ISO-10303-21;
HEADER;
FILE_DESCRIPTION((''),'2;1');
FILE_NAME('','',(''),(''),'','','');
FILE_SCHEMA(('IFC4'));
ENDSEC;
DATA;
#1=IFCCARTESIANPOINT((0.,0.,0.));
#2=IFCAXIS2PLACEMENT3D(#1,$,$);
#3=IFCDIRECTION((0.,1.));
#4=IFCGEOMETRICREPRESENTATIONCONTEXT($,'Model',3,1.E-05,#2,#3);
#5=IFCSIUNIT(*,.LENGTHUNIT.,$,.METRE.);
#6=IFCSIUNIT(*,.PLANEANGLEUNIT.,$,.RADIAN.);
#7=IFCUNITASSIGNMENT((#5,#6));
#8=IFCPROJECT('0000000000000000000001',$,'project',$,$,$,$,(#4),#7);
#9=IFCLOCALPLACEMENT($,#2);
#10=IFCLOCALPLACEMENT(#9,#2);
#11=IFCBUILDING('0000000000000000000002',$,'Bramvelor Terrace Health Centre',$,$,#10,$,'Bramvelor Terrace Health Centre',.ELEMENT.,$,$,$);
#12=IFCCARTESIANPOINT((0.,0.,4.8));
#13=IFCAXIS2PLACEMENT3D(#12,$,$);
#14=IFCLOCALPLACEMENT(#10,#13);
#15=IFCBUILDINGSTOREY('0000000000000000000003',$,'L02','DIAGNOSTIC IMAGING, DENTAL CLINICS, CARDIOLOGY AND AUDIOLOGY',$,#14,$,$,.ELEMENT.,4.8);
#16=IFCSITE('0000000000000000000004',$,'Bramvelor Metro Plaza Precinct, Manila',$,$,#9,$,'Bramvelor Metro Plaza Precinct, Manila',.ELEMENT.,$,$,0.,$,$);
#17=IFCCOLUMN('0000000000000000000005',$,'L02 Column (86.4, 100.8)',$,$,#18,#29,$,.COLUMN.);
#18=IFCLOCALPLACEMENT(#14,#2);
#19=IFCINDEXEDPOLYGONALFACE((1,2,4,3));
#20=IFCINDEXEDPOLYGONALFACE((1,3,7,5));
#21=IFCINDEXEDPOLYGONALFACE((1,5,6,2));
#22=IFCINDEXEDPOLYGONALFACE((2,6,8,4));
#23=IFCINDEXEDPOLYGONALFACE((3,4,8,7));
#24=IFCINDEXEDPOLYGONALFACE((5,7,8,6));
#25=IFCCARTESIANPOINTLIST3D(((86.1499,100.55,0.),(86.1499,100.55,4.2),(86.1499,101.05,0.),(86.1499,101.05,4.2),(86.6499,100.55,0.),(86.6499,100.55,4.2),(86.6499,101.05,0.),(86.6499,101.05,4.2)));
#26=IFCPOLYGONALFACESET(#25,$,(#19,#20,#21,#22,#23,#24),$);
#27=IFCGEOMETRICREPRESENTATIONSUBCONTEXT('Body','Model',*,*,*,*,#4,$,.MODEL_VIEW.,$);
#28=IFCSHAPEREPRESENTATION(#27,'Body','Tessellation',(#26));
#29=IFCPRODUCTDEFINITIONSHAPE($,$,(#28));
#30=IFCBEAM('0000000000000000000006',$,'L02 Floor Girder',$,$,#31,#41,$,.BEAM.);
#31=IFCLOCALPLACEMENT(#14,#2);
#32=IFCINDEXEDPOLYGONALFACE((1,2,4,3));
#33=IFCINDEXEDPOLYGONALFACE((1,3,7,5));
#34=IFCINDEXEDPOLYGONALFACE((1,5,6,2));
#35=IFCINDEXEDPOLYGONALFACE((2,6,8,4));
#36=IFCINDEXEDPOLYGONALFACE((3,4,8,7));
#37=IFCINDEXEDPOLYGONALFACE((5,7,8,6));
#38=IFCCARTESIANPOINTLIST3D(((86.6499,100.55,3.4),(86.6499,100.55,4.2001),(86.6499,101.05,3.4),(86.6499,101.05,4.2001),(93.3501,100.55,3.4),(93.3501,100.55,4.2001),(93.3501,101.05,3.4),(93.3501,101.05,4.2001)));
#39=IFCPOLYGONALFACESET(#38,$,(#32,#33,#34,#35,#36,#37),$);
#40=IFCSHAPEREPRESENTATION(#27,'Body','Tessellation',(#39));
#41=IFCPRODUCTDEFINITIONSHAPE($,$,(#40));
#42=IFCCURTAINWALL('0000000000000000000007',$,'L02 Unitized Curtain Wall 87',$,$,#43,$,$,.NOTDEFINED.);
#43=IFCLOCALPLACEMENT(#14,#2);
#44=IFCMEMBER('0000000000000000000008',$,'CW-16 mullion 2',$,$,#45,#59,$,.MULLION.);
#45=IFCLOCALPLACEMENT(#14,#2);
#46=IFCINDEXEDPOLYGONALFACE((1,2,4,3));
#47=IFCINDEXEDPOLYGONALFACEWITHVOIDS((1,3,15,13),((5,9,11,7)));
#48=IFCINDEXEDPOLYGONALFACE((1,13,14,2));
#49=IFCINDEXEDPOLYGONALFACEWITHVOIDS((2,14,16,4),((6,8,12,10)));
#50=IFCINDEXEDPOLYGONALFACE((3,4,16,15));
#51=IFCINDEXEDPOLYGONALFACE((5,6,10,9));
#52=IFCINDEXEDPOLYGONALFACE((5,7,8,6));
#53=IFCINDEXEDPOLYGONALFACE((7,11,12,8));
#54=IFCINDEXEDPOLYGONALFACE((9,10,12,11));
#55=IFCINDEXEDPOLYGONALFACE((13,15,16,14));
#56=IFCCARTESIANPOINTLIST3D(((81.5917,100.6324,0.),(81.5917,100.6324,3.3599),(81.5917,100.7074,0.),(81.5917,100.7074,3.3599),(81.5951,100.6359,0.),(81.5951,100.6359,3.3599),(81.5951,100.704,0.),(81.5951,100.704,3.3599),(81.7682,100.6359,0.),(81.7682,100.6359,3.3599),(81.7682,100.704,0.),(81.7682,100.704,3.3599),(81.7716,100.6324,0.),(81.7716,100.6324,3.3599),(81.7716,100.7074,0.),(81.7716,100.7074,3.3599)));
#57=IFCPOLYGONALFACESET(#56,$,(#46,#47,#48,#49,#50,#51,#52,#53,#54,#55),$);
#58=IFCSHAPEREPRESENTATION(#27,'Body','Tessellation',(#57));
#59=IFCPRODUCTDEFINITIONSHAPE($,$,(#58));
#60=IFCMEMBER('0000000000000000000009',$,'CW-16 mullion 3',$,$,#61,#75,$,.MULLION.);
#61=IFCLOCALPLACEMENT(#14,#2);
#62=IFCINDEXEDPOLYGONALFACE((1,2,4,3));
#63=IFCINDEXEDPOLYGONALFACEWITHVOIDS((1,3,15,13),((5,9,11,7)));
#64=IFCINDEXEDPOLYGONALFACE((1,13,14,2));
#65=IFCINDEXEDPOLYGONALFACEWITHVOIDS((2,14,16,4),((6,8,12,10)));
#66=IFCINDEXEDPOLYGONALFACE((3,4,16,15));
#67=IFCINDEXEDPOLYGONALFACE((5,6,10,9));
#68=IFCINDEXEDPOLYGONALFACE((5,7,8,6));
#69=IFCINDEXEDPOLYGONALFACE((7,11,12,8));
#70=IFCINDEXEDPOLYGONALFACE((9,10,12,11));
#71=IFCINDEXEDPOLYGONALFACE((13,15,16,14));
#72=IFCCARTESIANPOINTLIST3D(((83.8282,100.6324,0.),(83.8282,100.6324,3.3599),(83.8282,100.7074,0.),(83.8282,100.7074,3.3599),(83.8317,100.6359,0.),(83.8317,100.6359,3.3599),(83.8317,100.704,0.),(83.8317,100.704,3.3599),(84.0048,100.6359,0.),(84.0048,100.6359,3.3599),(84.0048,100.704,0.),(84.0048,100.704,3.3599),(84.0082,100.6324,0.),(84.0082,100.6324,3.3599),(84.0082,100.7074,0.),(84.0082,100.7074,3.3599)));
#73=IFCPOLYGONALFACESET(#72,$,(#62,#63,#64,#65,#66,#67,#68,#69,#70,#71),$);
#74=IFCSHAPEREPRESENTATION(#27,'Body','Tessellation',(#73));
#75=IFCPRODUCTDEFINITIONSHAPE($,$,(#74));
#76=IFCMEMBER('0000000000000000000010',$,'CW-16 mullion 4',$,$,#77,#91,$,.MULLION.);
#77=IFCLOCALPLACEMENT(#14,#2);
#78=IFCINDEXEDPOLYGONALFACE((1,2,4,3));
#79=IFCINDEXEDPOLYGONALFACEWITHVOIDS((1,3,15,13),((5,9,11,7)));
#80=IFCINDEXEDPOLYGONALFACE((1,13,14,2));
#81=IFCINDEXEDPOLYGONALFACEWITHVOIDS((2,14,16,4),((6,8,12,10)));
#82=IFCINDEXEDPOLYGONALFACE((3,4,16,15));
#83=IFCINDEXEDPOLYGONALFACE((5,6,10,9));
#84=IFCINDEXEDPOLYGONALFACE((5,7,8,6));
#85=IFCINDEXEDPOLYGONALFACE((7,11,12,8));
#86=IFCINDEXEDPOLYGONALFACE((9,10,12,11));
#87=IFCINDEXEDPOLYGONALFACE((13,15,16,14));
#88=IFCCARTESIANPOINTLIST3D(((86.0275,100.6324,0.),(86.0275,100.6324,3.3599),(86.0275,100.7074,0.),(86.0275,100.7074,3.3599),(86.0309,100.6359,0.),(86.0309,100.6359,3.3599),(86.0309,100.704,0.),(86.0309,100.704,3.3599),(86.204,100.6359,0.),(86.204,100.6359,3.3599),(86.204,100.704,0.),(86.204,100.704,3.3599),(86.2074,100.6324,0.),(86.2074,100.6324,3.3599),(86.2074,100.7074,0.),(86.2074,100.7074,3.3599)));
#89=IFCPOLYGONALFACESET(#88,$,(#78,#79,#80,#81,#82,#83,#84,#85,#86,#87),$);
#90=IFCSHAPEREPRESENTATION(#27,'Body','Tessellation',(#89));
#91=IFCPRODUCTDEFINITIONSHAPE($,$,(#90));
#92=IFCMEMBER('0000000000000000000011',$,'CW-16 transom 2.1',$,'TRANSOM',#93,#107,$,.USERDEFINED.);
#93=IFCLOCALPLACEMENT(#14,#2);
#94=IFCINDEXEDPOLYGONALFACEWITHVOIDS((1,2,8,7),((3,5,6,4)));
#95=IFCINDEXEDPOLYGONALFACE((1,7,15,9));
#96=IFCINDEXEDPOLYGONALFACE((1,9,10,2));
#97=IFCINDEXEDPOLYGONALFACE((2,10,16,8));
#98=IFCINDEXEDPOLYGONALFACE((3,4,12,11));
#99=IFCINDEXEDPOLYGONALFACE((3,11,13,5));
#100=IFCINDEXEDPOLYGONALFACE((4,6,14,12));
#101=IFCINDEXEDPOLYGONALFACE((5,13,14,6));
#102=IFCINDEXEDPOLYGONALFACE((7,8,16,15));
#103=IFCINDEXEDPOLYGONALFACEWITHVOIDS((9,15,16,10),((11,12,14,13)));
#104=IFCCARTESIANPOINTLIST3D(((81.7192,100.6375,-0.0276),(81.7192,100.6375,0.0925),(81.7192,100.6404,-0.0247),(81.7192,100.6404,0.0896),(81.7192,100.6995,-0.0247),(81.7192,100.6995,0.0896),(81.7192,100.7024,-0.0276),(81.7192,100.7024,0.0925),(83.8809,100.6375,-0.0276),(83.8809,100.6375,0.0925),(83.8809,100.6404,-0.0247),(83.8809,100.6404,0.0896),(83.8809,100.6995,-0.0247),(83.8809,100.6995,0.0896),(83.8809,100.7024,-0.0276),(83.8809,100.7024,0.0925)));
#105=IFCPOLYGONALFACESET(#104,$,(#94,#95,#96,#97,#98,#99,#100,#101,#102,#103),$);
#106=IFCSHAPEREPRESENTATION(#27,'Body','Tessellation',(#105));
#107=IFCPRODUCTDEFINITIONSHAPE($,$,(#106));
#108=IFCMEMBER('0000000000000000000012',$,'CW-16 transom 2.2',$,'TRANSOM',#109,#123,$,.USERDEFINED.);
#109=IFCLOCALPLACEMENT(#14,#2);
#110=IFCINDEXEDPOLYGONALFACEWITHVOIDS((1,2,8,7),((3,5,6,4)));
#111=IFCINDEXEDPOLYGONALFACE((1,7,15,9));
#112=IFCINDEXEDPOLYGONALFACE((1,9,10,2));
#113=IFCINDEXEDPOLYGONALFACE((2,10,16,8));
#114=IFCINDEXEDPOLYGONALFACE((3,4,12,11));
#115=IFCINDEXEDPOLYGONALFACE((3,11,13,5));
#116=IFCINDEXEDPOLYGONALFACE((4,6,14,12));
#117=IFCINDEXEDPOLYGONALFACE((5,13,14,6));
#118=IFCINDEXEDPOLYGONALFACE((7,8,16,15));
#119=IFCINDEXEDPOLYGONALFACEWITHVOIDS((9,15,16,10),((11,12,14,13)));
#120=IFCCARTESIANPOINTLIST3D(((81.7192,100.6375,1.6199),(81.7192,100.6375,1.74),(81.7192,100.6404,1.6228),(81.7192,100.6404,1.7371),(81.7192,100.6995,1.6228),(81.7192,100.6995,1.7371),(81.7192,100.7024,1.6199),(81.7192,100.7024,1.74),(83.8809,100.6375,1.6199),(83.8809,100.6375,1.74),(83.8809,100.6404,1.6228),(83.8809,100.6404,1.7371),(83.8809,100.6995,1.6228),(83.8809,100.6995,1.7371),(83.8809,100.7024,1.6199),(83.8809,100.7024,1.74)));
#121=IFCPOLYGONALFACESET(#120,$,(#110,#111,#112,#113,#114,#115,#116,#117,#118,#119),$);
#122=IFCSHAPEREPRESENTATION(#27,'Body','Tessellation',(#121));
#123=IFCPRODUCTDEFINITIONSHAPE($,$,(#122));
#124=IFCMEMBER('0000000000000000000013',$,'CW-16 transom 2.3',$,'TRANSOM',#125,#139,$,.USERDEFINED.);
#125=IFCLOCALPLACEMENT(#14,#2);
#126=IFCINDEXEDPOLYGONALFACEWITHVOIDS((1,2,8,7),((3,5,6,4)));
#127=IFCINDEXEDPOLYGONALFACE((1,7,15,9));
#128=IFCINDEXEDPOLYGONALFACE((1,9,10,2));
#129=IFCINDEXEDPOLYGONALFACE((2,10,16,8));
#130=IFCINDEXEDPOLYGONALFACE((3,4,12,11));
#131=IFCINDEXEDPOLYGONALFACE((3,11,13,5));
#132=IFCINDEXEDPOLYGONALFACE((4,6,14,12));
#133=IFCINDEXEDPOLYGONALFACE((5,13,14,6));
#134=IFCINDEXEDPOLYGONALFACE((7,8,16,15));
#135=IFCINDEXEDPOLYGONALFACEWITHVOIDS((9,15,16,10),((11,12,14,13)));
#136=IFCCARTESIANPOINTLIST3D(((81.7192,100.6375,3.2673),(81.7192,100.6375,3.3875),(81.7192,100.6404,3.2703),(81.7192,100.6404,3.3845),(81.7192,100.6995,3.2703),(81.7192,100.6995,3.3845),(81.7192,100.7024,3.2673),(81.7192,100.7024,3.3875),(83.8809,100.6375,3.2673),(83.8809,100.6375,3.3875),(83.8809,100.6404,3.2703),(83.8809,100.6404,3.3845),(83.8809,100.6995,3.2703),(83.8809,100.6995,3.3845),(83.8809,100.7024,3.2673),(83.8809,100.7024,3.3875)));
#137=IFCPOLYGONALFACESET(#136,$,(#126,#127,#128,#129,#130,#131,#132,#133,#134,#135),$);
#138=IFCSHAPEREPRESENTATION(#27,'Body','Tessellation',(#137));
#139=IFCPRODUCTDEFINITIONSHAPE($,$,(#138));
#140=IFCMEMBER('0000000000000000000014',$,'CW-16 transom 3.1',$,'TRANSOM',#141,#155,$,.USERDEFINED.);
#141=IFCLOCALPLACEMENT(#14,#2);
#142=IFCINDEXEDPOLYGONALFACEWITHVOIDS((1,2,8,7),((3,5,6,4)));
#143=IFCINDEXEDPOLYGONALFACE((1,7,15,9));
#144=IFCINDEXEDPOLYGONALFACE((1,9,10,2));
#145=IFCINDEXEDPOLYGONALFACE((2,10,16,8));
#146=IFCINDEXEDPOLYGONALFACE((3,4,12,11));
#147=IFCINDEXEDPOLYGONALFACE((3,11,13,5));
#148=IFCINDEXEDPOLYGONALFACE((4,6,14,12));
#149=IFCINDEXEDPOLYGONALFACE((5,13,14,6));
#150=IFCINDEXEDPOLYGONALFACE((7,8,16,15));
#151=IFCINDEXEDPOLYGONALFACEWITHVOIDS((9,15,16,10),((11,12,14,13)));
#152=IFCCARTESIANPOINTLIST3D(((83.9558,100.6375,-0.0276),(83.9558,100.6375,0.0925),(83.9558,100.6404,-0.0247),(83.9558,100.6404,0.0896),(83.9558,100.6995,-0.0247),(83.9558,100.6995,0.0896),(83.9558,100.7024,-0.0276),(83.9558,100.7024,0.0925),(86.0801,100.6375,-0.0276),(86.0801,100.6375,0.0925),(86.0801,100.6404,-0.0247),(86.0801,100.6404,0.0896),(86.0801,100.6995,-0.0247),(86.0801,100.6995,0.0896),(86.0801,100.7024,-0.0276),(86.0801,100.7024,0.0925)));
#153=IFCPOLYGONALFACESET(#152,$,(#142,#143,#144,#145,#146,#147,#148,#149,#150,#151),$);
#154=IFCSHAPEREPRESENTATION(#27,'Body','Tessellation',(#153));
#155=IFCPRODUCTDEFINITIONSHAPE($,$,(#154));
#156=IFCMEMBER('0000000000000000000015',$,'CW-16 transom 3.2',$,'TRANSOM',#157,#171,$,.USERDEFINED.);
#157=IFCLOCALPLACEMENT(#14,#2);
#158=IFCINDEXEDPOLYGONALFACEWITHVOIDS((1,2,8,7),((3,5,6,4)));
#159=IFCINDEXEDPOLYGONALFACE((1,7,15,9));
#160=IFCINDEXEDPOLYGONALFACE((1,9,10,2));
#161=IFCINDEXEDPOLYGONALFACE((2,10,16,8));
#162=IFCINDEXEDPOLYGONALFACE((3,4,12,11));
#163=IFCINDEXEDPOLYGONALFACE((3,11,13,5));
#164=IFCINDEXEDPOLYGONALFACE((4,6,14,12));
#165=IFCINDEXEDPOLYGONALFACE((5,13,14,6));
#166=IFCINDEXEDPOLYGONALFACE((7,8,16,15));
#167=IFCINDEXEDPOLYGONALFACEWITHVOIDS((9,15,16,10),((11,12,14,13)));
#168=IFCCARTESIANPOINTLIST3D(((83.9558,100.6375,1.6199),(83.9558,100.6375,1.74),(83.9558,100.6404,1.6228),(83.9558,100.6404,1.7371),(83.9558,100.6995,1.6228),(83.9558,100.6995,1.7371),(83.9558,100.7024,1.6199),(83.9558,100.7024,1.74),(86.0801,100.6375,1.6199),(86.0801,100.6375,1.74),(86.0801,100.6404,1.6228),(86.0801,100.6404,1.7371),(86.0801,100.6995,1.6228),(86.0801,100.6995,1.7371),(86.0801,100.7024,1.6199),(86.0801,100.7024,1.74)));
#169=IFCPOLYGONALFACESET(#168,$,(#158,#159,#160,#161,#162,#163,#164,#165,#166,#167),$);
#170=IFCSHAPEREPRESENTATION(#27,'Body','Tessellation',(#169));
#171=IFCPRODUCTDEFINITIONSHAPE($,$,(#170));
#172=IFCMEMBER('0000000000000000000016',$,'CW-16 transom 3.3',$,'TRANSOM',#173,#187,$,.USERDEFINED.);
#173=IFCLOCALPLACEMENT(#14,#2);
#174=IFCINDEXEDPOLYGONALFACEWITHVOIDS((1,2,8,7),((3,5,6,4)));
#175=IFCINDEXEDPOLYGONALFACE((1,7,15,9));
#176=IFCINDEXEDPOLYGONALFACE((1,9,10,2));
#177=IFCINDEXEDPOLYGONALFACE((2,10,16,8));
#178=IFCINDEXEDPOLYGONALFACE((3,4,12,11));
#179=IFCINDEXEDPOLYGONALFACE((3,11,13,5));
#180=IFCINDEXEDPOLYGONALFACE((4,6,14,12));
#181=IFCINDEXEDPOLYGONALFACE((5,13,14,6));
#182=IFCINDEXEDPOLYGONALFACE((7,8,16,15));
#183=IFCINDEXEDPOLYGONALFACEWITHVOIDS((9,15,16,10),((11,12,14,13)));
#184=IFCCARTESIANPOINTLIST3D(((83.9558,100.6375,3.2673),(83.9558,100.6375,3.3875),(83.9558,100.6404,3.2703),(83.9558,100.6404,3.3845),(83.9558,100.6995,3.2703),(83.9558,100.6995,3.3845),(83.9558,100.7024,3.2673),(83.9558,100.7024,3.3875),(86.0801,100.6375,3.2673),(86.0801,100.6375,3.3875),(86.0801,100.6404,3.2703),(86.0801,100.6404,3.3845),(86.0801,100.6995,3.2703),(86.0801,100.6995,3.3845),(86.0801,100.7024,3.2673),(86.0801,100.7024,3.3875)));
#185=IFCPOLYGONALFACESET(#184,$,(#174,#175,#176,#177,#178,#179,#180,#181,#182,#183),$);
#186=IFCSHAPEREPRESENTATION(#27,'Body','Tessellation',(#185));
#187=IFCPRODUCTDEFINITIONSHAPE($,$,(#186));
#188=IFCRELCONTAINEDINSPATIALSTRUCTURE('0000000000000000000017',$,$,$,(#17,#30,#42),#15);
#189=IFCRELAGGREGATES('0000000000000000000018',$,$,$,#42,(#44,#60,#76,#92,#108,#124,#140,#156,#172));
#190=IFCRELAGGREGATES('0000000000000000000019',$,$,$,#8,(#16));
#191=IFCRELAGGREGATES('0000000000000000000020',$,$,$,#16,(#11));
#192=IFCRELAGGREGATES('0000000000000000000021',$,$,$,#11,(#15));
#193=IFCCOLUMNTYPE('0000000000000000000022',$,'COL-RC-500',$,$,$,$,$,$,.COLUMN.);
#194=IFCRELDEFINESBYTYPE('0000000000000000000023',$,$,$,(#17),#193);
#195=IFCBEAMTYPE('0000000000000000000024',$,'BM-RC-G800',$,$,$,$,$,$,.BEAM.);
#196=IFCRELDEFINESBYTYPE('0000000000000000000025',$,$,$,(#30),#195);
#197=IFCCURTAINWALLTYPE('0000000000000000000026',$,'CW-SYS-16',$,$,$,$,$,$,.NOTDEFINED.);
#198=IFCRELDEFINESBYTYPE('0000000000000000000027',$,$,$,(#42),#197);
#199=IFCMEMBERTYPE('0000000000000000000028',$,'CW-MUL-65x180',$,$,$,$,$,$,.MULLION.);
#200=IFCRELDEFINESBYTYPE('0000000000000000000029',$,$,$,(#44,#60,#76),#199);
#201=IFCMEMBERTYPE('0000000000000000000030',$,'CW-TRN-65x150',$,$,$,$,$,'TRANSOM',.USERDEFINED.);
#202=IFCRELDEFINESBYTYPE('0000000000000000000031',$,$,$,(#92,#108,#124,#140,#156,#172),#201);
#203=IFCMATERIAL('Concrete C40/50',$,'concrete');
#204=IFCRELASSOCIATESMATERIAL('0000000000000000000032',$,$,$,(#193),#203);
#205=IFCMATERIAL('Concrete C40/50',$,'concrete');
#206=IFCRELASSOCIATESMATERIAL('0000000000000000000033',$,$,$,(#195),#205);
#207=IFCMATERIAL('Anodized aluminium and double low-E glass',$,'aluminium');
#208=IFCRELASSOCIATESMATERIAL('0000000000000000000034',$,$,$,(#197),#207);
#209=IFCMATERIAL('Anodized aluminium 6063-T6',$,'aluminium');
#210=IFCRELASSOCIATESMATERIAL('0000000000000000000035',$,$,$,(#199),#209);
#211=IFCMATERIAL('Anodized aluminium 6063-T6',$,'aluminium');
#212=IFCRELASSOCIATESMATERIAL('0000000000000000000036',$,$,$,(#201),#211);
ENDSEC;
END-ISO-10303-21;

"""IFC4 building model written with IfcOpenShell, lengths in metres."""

from ifc_helpers import new_model, si_unit, direction, frame, origin, origin_2d, place, context, subcontext, project, spatial, rectangle, hollow_rectangle, extrude, material, material_profile, profile_set, type_object, element, aggregate, save


model = new_model("IFC4")

# Units and contexts
model_context = context("Model", 3, precision=1e-05, world=origin(), true_north=direction((0.0, 1.0)))
body_context = subcontext(model_context, "Body", "Model", "MODEL_VIEW")
ifc_project = project(units=[si_unit("LENGTHUNIT", "METRE"), si_unit("PLANEANGLEUNIT", "RADIAN")], contexts=[model_context])

# Site, building, storey
site_placement = place(None, origin())
site = spatial("IfcSite", under=ifc_project, at=site_placement, Name="Bramvelor Metro Plaza Precinct, Manila", LongName="Bramvelor Metro Plaza Precinct, Manila", CompositionType="ELEMENT", RefElevation=0.0)
building_placement = place(site_placement, origin())
building = spatial("IfcBuilding", under=site, at=building_placement, Name="Bramvelor Terrace Health Centre", LongName="Bramvelor Terrace Health Centre", CompositionType="ELEMENT")
storey_placement = place(building_placement, frame((0.0, 0.0, 4.8)))
storey = spatial("IfcBuildingStorey", under=building, at=storey_placement, Name="L02", Description="DIAGNOSTIC IMAGING, DENTAL CLINICS, CARDIOLOGY AND AUDIOLOGY", CompositionType="ELEMENT", Elevation=4.8)

# Column
ifc_material_1 = material(Name="Concrete C40/50", Category="concrete")
ifc_material_profile_1 = material_profile(ifc_material_1, rectangle(XDim=0.5, YDim=0.5, at=origin_2d()), Name="RC 500x500")
ifc_profile_set_1 = profile_set([ifc_material_profile_1], Name="Concrete C40/50")
column_type = type_object("IfcColumnType", Name="COL-RC-500", PredefinedType="COLUMN", material=ifc_profile_set_1)
column_placement = place(storey_placement, frame((86.3999, 100.8, 0.0), z_axis=(0.0, 0.0, 1.0), x_axis=(1.0, 0.0, 0.0)))
element("IfcColumn", 1, at=column_placement, inside=storey, type_object=column_type, Name="L02 Column (86.4, 100.8)", PredefinedType="COLUMN", context=body_context, shape_type="SweptSolid", body=[
    extrude(rectangle(XDim=0.5, YDim=0.5, at=origin_2d()), origin(), (0.0, 0.0, 1.0), 4.2),
])

# Beam
ifc_material_2 = material(Name="Concrete C40/50", Category="concrete")
ifc_material_profile_2 = material_profile(ifc_material_2, rectangle(XDim=0.5, YDim=0.8, at=origin_2d()), Name="RC 500x800")
ifc_profile_set_2 = profile_set([ifc_material_profile_2], Name="Concrete C40/50")
beam_type = type_object("IfcBeamType", Name="BM-RC-G800", PredefinedType="BEAM", material=ifc_profile_set_2)
beam_placement = place(storey_placement, frame((86.6499, 100.8, 3.8), z_axis=(1.0, 0.0, 0.0), x_axis=(0.0, 1.0, 0.0)))
element("IfcBeam", 2, at=beam_placement, inside=storey, type_object=beam_type, Name="L02 Floor Girder", PredefinedType="BEAM", context=body_context, shape_type="SweptSolid", body=[
    extrude(rectangle(XDim=0.5, YDim=0.8, at=origin_2d()), origin(), (0.0, 0.0, 1.0), 6.7002),
])

# Curtain wall, members
ifc_material_3 = material(Name="Anodized aluminium and double low-E glass", Category="aluminium")
curtain_wall_type = type_object("IfcCurtainWallType", Name="CW-SYS-16", PredefinedType="NOTDEFINED", material=ifc_material_3)
curtain_wall_placement = place(storey_placement, origin())
curtain_wall = element("IfcCurtainWall", 3, at=curtain_wall_placement, inside=storey, type_object=curtain_wall_type, Name="L02 Unitized Curtain Wall 87", PredefinedType="NOTDEFINED")
ifc_material_4 = material(Name="Anodized aluminium 6063-T6", Category="aluminium")
ifc_material_profile_3 = material_profile(ifc_material_4, hollow_rectangle(XDim=0.075, YDim=0.1799, WallThickness=0.0034, at=origin_2d()), Name="ALU-MUL 75x180x3.5")
ifc_profile_set_3 = profile_set([ifc_material_profile_3], Name="Anodized aluminium 6063-T6")
member_type_1 = type_object("IfcMemberType", Name="CW-MUL-65x180", PredefinedType="MULLION", material=ifc_profile_set_3)
member_1_placement = place(storey_placement, frame((81.6816, 100.6699, 0.0), z_axis=(0.0, 0.0, 1.0), x_axis=(0.0, 1.0, 0.0)))
member_1 = element("IfcMember", 4, at=member_1_placement, type_object=member_type_1, Name="CW-16 mullion 2", PredefinedType="MULLION", context=body_context, shape_type="SweptSolid", body=[
    extrude(hollow_rectangle(XDim=0.075, YDim=0.1799, WallThickness=0.0034, at=origin_2d()), origin(), (0.0, 0.0, 1.0), 3.3599),
])
member_2_placement = place(storey_placement, frame((83.9182, 100.6699, 0.0), z_axis=(0.0, 0.0, 1.0), x_axis=(0.0, 1.0, 0.0)))
member_2 = element("IfcMember", 5, at=member_2_placement, type_object=member_type_1, Name="CW-16 mullion 3", PredefinedType="MULLION", context=body_context, shape_type="SweptSolid", body=[
    extrude(hollow_rectangle(XDim=0.075, YDim=0.1799, WallThickness=0.0034, at=origin_2d()), origin(), (0.0, 0.0, 1.0), 3.3599),
])
member_3_placement = place(storey_placement, frame((86.1174, 100.6699, 0.0), z_axis=(0.0, 0.0, 1.0), x_axis=(0.0, 1.0, 0.0)))
member_3 = element("IfcMember", 6, at=member_3_placement, type_object=member_type_1, Name="CW-16 mullion 4", PredefinedType="MULLION", context=body_context, shape_type="SweptSolid", body=[
    extrude(hollow_rectangle(XDim=0.075, YDim=0.1799, WallThickness=0.0034, at=origin_2d()), origin(), (0.0, 0.0, 1.0), 3.3599),
])
ifc_material_5 = material(Name="Anodized aluminium 6063-T6", Category="aluminium")
ifc_material_profile_4 = material_profile(ifc_material_5, hollow_rectangle(XDim=0.0649, YDim=0.1201, WallThickness=0.0029, at=origin_2d()), Name="ALU-TRN 65x120x3.0")
ifc_profile_set_4 = profile_set([ifc_material_profile_4], Name="Anodized aluminium 6063-T6")
member_type_2 = type_object("IfcMemberType", Name="CW-TRN-65x150", ElementType="TRANSOM", PredefinedType="USERDEFINED", material=ifc_profile_set_4)
member_4_placement = place(storey_placement, frame((81.7192, 100.6699, 0.0325), z_axis=(1.0, 0.0, 0.0), x_axis=(0.0, 1.0, 0.0)))
member_4 = element("IfcMember", 7, at=member_4_placement, type_object=member_type_2, Name="CW-16 transom 2.1", ObjectType="TRANSOM", PredefinedType="USERDEFINED", context=body_context, shape_type="SweptSolid", body=[
    extrude(hollow_rectangle(XDim=0.0649, YDim=0.1201, WallThickness=0.0029, at=origin_2d()), origin(), (0.0, 0.0, 1.0), 2.1616),
])
member_5_placement = place(storey_placement, frame((81.7192, 100.6699, 1.6799), z_axis=(1.0, 0.0, 0.0), x_axis=(0.0, 1.0, 0.0)))
member_5 = element("IfcMember", 8, at=member_5_placement, type_object=member_type_2, Name="CW-16 transom 2.2", ObjectType="TRANSOM", PredefinedType="USERDEFINED", context=body_context, shape_type="SweptSolid", body=[
    extrude(hollow_rectangle(XDim=0.0649, YDim=0.1201, WallThickness=0.0029, at=origin_2d()), origin(), (0.0, 0.0, 1.0), 2.1616),
])
member_6_placement = place(storey_placement, frame((81.7192, 100.6699, 3.3274), z_axis=(1.0, 0.0, 0.0), x_axis=(0.0, 1.0, 0.0)))
member_6 = element("IfcMember", 9, at=member_6_placement, type_object=member_type_2, Name="CW-16 transom 2.3", ObjectType="TRANSOM", PredefinedType="USERDEFINED", context=body_context, shape_type="SweptSolid", body=[
    extrude(hollow_rectangle(XDim=0.0649, YDim=0.1201, WallThickness=0.0029, at=origin_2d()), origin(), (0.0, 0.0, 1.0), 2.1616),
])
member_7_placement = place(storey_placement, frame((83.9558, 100.6699, 0.0325), z_axis=(1.0, 0.0, 0.0), x_axis=(0.0, 1.0, 0.0)))
member_7 = element("IfcMember", 10, at=member_7_placement, type_object=member_type_2, Name="CW-16 transom 3.1", ObjectType="TRANSOM", PredefinedType="USERDEFINED", context=body_context, shape_type="SweptSolid", body=[
    extrude(hollow_rectangle(XDim=0.0649, YDim=0.1201, WallThickness=0.0029, at=origin_2d()), origin(), (0.0, 0.0, 1.0), 2.1243),
])
member_8_placement = place(storey_placement, frame((83.9558, 100.6699, 1.6799), z_axis=(1.0, 0.0, 0.0), x_axis=(0.0, 1.0, 0.0)))
member_8 = element("IfcMember", 11, at=member_8_placement, type_object=member_type_2, Name="CW-16 transom 3.2", ObjectType="TRANSOM", PredefinedType="USERDEFINED", context=body_context, shape_type="SweptSolid", body=[
    extrude(hollow_rectangle(XDim=0.0649, YDim=0.1201, WallThickness=0.0029, at=origin_2d()), origin(), (0.0, 0.0, 1.0), 2.1243),
])
member_9_placement = place(storey_placement, frame((83.9558, 100.6699, 3.3274), z_axis=(1.0, 0.0, 0.0), x_axis=(0.0, 1.0, 0.0)))
member_9 = element("IfcMember", 12, at=member_9_placement, type_object=member_type_2, Name="CW-16 transom 3.3", ObjectType="TRANSOM", PredefinedType="USERDEFINED", context=body_context, shape_type="SweptSolid", body=[
    extrude(hollow_rectangle(XDim=0.0649, YDim=0.1201, WallThickness=0.0029, at=origin_2d()), origin(), (0.0, 0.0, 1.0), 2.1243),
])
aggregate(curtain_wall, [member_1, member_2, member_3, member_4, member_5, member_6, member_7, member_8, member_9])

save(model, "model.ifc")
